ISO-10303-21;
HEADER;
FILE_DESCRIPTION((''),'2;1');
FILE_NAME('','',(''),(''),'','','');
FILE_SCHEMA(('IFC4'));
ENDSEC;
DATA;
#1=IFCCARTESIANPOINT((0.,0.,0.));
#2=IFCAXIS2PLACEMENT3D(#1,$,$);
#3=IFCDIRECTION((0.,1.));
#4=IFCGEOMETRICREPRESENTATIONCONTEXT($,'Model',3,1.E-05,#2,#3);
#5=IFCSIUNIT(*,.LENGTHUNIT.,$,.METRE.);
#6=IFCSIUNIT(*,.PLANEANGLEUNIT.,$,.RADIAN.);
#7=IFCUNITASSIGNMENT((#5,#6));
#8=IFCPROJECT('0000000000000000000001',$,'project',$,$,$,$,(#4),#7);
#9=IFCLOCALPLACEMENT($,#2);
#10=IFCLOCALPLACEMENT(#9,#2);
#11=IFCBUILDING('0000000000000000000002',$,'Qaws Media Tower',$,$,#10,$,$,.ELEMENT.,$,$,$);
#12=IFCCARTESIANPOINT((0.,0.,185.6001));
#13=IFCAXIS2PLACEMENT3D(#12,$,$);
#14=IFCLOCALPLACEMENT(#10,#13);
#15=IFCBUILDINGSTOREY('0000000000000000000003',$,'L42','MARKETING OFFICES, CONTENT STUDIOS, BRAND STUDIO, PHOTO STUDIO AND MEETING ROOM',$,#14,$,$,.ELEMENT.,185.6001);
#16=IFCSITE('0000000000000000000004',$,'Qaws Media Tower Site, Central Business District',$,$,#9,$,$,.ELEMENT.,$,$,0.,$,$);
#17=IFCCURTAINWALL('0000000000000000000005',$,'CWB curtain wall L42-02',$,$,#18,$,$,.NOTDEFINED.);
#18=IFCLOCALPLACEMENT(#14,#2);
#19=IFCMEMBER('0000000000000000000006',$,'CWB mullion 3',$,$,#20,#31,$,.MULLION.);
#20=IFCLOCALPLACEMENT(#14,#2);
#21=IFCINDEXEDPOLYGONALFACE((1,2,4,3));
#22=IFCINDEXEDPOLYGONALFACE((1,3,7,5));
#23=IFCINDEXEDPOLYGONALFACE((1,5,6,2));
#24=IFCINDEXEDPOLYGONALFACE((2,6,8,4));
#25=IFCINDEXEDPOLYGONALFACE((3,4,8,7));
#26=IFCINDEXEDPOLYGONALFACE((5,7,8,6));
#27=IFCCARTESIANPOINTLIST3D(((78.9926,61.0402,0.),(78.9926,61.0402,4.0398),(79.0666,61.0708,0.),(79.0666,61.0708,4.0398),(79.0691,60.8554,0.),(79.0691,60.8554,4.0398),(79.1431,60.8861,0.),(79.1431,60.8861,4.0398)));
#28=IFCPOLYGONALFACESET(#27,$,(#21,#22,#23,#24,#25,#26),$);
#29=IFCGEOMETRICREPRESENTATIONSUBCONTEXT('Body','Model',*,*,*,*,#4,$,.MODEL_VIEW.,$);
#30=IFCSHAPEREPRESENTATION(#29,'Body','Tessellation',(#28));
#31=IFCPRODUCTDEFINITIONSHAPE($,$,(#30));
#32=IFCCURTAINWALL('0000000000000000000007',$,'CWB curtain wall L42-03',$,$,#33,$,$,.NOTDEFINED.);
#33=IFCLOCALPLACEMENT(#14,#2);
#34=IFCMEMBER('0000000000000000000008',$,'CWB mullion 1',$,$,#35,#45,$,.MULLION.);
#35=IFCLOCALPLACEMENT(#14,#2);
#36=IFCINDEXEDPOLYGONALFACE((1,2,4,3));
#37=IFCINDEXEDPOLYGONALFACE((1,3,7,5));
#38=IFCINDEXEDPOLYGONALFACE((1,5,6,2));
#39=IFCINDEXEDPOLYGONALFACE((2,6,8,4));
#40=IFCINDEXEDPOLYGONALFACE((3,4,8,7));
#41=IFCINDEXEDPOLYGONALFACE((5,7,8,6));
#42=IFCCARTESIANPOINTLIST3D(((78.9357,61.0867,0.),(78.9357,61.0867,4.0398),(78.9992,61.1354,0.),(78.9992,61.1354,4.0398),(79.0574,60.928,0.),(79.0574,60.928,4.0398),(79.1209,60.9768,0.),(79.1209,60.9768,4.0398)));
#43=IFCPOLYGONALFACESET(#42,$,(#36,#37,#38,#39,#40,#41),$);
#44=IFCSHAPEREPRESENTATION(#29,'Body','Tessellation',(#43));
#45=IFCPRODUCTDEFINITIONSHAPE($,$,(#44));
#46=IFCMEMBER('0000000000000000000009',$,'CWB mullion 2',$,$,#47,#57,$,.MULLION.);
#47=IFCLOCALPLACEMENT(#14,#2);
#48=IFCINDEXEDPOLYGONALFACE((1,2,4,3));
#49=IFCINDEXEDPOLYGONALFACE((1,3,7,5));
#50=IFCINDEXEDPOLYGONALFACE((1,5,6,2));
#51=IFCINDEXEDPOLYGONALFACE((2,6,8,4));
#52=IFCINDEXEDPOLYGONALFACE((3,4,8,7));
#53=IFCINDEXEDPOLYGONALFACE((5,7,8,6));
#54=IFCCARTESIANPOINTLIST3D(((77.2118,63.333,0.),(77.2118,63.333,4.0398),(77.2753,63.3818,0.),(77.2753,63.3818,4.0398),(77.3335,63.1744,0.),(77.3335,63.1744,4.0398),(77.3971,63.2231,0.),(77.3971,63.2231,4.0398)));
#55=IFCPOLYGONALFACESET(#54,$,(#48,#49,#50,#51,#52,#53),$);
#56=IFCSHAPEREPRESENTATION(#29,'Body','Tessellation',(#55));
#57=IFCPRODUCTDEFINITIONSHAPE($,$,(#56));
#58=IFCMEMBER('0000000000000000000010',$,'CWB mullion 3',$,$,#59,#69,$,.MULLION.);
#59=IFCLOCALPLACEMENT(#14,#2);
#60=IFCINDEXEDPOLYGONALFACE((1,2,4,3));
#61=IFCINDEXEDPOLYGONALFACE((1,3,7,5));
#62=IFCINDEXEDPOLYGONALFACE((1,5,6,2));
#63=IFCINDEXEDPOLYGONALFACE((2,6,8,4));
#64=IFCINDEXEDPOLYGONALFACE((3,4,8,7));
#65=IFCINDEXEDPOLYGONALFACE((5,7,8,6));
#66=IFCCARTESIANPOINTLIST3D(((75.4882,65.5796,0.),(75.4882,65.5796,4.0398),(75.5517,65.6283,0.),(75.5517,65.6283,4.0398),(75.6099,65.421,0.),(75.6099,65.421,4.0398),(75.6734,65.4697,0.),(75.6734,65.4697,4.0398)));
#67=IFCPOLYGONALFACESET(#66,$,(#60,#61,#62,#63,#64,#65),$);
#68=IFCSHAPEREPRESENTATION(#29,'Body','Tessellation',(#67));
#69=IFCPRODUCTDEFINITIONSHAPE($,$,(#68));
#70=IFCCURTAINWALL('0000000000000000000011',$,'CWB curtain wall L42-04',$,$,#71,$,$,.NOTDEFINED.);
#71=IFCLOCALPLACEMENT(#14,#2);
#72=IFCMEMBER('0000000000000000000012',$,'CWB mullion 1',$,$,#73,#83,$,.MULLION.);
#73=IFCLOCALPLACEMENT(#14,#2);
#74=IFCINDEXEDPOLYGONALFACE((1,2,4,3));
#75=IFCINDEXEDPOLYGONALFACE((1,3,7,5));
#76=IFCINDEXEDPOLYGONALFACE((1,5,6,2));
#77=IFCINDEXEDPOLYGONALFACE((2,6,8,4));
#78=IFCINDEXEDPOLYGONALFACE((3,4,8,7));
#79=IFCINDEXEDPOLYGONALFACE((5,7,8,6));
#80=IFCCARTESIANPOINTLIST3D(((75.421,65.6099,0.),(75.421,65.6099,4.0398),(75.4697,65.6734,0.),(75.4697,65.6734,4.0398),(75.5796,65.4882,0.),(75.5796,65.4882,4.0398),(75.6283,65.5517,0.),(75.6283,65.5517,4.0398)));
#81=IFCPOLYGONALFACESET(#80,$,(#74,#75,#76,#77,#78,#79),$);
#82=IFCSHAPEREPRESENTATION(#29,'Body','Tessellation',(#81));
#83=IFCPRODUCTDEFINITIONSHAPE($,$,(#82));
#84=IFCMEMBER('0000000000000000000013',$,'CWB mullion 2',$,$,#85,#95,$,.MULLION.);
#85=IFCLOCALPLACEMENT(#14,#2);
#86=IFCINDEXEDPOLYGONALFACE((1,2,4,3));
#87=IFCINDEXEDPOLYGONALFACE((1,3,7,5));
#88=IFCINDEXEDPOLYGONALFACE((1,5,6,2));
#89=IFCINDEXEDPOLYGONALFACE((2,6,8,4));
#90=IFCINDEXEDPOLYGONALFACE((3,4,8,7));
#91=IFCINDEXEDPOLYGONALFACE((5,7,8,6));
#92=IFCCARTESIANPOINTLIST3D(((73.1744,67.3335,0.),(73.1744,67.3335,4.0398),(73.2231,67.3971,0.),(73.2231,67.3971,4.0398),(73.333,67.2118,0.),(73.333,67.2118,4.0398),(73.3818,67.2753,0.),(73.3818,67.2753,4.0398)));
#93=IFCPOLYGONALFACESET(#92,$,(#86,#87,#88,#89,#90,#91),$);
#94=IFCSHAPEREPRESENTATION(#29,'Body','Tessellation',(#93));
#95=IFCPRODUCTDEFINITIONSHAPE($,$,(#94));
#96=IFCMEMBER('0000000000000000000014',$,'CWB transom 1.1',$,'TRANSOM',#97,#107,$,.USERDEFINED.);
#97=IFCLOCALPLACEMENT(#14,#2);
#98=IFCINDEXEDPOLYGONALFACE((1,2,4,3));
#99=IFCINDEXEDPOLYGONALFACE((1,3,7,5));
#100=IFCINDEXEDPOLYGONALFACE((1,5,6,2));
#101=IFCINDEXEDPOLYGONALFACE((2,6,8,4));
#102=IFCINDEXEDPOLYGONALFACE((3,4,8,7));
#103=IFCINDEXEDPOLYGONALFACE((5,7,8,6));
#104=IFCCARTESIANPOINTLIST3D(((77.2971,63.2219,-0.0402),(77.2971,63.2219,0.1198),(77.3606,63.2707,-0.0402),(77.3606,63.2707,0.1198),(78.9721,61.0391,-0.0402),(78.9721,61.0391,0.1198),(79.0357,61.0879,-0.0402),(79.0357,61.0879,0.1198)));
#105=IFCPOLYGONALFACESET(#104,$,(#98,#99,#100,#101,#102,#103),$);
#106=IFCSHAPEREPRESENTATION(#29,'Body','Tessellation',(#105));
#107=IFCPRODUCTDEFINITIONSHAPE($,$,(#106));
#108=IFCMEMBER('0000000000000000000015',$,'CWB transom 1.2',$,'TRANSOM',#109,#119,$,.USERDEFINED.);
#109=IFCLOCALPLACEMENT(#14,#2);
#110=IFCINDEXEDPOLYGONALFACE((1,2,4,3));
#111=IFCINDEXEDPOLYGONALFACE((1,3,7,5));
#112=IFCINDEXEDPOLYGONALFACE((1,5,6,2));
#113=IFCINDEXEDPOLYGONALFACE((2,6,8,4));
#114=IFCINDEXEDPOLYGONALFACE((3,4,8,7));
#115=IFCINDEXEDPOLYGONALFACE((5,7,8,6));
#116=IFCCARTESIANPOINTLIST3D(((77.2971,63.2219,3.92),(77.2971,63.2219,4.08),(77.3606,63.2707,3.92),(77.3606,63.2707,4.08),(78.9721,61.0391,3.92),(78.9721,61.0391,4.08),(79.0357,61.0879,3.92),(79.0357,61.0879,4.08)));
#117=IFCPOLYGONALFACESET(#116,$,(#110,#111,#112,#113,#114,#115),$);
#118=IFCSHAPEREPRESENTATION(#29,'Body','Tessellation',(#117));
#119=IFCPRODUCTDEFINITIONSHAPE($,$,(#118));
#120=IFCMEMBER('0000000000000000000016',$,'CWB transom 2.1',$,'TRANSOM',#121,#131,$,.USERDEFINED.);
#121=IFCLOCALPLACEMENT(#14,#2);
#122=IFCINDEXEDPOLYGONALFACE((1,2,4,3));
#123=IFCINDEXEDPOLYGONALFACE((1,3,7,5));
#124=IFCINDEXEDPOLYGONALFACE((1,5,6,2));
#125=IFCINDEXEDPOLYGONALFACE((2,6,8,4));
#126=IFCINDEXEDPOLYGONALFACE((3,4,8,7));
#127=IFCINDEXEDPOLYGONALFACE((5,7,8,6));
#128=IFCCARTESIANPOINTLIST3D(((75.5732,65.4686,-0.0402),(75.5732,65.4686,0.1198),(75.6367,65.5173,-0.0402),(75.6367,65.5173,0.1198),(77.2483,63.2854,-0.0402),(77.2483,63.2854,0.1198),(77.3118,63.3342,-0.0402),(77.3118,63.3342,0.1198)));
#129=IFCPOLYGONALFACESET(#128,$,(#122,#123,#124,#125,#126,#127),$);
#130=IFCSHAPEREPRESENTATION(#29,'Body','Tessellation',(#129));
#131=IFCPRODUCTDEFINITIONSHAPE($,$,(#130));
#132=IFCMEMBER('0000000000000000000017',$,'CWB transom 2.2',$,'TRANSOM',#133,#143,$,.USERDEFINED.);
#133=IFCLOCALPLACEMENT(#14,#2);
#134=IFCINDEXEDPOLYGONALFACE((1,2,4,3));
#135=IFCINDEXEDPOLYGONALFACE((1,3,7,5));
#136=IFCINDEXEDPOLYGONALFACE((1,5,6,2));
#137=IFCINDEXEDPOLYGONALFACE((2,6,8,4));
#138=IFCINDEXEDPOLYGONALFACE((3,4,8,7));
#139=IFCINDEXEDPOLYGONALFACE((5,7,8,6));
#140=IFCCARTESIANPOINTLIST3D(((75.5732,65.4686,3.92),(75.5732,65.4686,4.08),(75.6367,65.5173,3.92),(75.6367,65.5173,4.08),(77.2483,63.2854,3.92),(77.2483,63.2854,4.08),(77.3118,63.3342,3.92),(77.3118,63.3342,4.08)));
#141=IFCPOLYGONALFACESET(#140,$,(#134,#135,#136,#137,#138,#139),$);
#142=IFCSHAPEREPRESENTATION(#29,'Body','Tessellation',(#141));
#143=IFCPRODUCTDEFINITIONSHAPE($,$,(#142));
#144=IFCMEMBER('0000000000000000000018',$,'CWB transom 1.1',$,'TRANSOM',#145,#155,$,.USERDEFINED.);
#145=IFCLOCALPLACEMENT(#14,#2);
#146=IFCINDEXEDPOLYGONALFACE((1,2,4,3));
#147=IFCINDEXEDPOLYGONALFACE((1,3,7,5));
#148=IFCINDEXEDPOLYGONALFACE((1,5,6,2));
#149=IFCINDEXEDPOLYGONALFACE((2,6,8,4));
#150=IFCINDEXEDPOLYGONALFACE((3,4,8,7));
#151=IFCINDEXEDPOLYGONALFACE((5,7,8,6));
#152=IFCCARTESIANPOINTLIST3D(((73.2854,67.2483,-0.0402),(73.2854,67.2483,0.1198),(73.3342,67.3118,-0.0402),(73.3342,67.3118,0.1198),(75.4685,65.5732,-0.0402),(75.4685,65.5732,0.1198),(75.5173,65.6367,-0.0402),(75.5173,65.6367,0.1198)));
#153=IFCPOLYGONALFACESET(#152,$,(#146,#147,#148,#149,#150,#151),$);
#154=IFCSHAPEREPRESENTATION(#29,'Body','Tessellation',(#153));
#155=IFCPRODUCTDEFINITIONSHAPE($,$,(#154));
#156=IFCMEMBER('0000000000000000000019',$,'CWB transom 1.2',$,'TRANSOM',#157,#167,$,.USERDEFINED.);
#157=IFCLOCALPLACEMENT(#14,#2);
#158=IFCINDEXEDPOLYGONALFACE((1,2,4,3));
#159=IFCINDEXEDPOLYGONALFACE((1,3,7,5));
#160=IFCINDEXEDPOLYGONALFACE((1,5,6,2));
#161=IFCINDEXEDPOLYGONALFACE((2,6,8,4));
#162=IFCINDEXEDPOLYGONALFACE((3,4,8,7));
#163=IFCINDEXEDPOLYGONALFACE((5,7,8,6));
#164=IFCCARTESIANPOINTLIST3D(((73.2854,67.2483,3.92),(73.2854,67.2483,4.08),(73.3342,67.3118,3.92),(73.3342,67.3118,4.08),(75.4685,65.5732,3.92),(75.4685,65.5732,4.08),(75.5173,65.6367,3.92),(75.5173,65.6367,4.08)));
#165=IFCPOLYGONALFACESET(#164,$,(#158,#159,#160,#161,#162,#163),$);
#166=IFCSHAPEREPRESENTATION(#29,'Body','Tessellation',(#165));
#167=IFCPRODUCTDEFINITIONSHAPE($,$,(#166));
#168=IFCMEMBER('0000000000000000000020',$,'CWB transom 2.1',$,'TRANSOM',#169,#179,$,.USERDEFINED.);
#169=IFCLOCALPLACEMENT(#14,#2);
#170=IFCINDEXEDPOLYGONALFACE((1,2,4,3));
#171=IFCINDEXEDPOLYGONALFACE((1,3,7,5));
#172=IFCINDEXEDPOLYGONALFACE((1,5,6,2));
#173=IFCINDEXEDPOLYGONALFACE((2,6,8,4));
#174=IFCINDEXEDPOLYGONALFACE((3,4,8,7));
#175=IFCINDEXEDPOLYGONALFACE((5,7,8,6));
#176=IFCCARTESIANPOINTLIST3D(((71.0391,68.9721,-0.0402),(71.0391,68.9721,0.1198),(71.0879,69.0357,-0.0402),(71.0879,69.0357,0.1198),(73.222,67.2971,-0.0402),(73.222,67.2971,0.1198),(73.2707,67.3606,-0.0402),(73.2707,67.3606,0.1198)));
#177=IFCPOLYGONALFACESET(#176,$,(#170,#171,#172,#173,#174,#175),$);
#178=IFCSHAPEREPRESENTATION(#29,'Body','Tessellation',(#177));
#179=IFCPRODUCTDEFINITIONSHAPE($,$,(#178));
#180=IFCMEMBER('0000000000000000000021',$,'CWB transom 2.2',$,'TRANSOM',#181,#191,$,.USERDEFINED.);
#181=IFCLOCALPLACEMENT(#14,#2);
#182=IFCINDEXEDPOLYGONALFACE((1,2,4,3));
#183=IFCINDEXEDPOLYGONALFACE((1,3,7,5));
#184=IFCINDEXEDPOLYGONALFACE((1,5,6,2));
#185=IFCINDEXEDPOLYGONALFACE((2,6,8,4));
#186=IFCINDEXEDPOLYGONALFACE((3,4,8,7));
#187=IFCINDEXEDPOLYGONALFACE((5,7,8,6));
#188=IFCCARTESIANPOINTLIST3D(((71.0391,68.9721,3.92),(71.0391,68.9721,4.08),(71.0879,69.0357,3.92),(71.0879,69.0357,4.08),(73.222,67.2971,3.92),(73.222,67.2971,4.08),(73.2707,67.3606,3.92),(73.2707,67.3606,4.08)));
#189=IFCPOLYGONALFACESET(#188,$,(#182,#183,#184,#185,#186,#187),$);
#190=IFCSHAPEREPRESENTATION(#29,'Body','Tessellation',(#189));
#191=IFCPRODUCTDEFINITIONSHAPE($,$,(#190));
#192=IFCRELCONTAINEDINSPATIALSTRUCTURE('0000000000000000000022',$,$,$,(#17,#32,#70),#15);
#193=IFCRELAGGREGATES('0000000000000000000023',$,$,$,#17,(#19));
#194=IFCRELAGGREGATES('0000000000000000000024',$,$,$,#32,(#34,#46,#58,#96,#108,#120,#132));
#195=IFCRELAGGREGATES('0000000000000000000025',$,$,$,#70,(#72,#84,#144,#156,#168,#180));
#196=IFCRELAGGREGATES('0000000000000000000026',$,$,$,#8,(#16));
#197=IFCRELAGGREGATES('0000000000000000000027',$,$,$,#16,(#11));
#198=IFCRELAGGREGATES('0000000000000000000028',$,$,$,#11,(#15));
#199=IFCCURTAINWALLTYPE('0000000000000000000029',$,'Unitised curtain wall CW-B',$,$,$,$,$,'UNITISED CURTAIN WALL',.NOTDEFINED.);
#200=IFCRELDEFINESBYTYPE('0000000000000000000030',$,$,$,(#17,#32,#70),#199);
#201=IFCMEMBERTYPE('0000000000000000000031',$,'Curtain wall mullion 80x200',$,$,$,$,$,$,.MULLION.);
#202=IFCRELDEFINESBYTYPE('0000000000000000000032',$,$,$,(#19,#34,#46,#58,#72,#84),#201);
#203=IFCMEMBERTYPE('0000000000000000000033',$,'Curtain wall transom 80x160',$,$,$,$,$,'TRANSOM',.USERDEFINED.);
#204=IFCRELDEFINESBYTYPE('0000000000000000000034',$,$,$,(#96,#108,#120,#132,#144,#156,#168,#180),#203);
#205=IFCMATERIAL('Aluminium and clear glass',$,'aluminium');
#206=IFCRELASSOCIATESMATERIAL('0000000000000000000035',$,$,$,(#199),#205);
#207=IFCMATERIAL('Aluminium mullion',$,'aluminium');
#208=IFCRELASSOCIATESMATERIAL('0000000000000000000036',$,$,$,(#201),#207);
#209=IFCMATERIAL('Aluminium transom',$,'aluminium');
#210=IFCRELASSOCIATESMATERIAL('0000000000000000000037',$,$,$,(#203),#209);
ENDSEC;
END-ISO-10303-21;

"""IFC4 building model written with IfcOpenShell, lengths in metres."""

from ifc_helpers import new_model, si_unit, direction, frame, origin, origin_2d, place, context, subcontext, project, spatial, rectangle, extrude, material, material_profile, profile_set, type_object, element, aggregate, save


model = new_model("IFC4")

# Units and contexts
model_context = context("Model", 3, precision=1e-05, world=origin(), true_north=direction((0.0, 1.0)))
body_context = subcontext(model_context, "Body", "Model", "MODEL_VIEW")
ifc_project = project(units=[si_unit("LENGTHUNIT", "METRE"), si_unit("PLANEANGLEUNIT", "RADIAN")], contexts=[model_context])

# Site, building, storey
site_placement = place(None, origin())
site = spatial("IfcSite", under=ifc_project, at=site_placement, Name="Qaws Media Tower Site, Central Business District", CompositionType="ELEMENT", RefElevation=0.0)
building_placement = place(site_placement, origin())
building = spatial("IfcBuilding", under=site, at=building_placement, Name="Qaws Media Tower", CompositionType="ELEMENT")
storey_placement = place(building_placement, frame((0.0, 0.0, 185.6001)))
storey = spatial("IfcBuildingStorey", under=building, at=storey_placement, Name="L42", Description="MARKETING OFFICES, CONTENT STUDIOS, BRAND STUDIO, PHOTO STUDIO AND MEETING ROOM", CompositionType="ELEMENT", Elevation=185.6001)

# Curtain wall, member
ifc_material_1 = material(Name="Aluminium and clear glass", Category="aluminium")
curtain_wall_type = type_object("IfcCurtainWallType", Name="Unitised curtain wall CW-B", ElementType="UNITISED CURTAIN WALL", PredefinedType="NOTDEFINED", material=ifc_material_1)
curtain_wall_1_placement = place(storey_placement, origin())
curtain_wall_1 = element("IfcCurtainWall", 1, at=curtain_wall_1_placement, inside=storey, type_object=curtain_wall_type, Name="CWB curtain wall L42-02", PredefinedType="NOTDEFINED")
ifc_material_2 = material(Name="Aluminium mullion", Category="aluminium")
ifc_material_profile_1 = material_profile(ifc_material_2, rectangle(XDim=0.0801, YDim=0.2, at=origin_2d()), Name="80x200")
ifc_profile_set_1 = profile_set([ifc_material_profile_1], Name="Aluminium mullion")
member_type_1 = type_object("IfcMemberType", Name="Curtain wall mullion 80x200", PredefinedType="MULLION", material=ifc_profile_set_1)
member_1_placement = place(storey_placement, frame((79.0679, 60.9631, 0.0), z_axis=(0.0, 0.0, 1.0), x_axis=(-0.92388, -0.382683, 0.0)))
member_1 = element("IfcMember", 2, at=member_1_placement, type_object=member_type_1, Name="CWB mullion 3", PredefinedType="MULLION", context=body_context, shape_type="SweptSolid", body=[
    extrude(rectangle(XDim=0.0801, YDim=0.2, at=origin_2d()), origin(), (0.0, 0.0, 1.0), 4.0398),
])

# Curtain walls, members
curtain_wall_2_placement = place(storey_placement, origin())
curtain_wall_2 = element("IfcCurtainWall", 3, at=curtain_wall_2_placement, inside=storey, type_object=curtain_wall_type, Name="CWB curtain wall L42-03", PredefinedType="NOTDEFINED")
member_2_placement = place(storey_placement, frame((79.0283, 61.0317, 0.0), z_axis=(0.0, 0.0, 1.0), x_axis=(-0.793353, -0.608761, 0.0)))
member_2 = element("IfcMember", 4, at=member_2_placement, type_object=member_type_1, Name="CWB mullion 1", PredefinedType="MULLION", context=body_context, shape_type="SweptSolid", body=[
    extrude(rectangle(XDim=0.0801, YDim=0.2, at=origin_2d()), origin(), (0.0, 0.0, 1.0), 4.0398),
])
member_3_placement = place(storey_placement, frame((77.3044, 63.2781, 0.0), z_axis=(0.0, 0.0, 1.0), x_axis=(-0.793353, -0.608761, 0.0)))
member_3 = element("IfcMember", 5, at=member_3_placement, type_object=member_type_1, Name="CWB mullion 2", PredefinedType="MULLION", context=body_context, shape_type="SweptSolid", body=[
    extrude(rectangle(XDim=0.0801, YDim=0.2, at=origin_2d()), origin(), (0.0, 0.0, 1.0), 4.0398),
])
member_4_placement = place(storey_placement, frame((75.5808, 65.5247, 0.0), z_axis=(0.0, 0.0, 1.0), x_axis=(-0.793353, -0.608761, 0.0)))
member_4 = element("IfcMember", 6, at=member_4_placement, type_object=member_type_1, Name="CWB mullion 3", PredefinedType="MULLION", context=body_context, shape_type="SweptSolid", body=[
    extrude(rectangle(XDim=0.0801, YDim=0.2, at=origin_2d()), origin(), (0.0, 0.0, 1.0), 4.0398),
])
curtain_wall_3_placement = place(storey_placement, origin())
curtain_wall_3 = element("IfcCurtainWall", 7, at=curtain_wall_3_placement, inside=storey, type_object=curtain_wall_type, Name="CWB curtain wall L42-04", PredefinedType="NOTDEFINED")
member_5_placement = place(storey_placement, frame((75.5247, 65.5808, 0.0), z_axis=(0.0, 0.0, 1.0), x_axis=(-0.608761, -0.793353, 0.0)))
member_5 = element("IfcMember", 8, at=member_5_placement, type_object=member_type_1, Name="CWB mullion 1", PredefinedType="MULLION", context=body_context, shape_type="SweptSolid", body=[
    extrude(rectangle(XDim=0.0801, YDim=0.2, at=origin_2d()), origin(), (0.0, 0.0, 1.0), 4.0398),
])
member_6_placement = place(storey_placement, frame((73.2781, 67.3044, 0.0), z_axis=(0.0, 0.0, 1.0), x_axis=(-0.608761, -0.793353, 0.0)))
member_6 = element("IfcMember", 9, at=member_6_placement, type_object=member_type_1, Name="CWB mullion 2", PredefinedType="MULLION", context=body_context, shape_type="SweptSolid", body=[
    extrude(rectangle(XDim=0.0801, YDim=0.2, at=origin_2d()), origin(), (0.0, 0.0, 1.0), 4.0398),
])

# Members
ifc_material_3 = material(Name="Aluminium transom", Category="aluminium")
ifc_material_profile_2 = material_profile(ifc_material_3, rectangle(XDim=0.0801, YDim=0.1599, at=origin_2d()), Name="80x160")
ifc_profile_set_2 = profile_set([ifc_material_profile_2], Name="Aluminium transom")
member_type_2 = type_object("IfcMemberType", Name="Curtain wall transom 80x160", ElementType="TRANSOM", PredefinedType="USERDEFINED", material=ifc_profile_set_2)
member_7_placement = place(storey_placement, frame((79.0039, 61.0635, 0.0398), z_axis=(-0.60878, 0.793339, 0.0), x_axis=(-0.793339, -0.60878, 0.0)))
member_7 = element("IfcMember", 10, at=member_7_placement, type_object=member_type_2, Name="CWB transom 1.1", ObjectType="TRANSOM", PredefinedType="USERDEFINED", context=body_context, shape_type="SweptSolid", body=[
    extrude(rectangle(XDim=0.0801, YDim=0.1599, at=origin_2d()), origin(), (0.0, 0.0, 1.0), 2.7515),
])
member_8_placement = place(storey_placement, frame((79.0039, 61.0635, 4.0), z_axis=(-0.60878, 0.793339, 0.0), x_axis=(-0.793339, -0.60878, 0.0)))
member_8 = element("IfcMember", 11, at=member_8_placement, type_object=member_type_2, Name="CWB transom 1.2", ObjectType="TRANSOM", PredefinedType="USERDEFINED", context=body_context, shape_type="SweptSolid", body=[
    extrude(rectangle(XDim=0.0801, YDim=0.1599, at=origin_2d()), origin(), (0.0, 0.0, 1.0), 2.7515),
])
member_9_placement = place(storey_placement, frame((77.28, 63.3098, 0.0398), z_axis=(-0.608737, 0.793372, 0.0), x_axis=(-0.793372, -0.608737, 0.0)))
member_9 = element("IfcMember", 12, at=member_9_placement, type_object=member_type_2, Name="CWB transom 2.1", ObjectType="TRANSOM", PredefinedType="USERDEFINED", context=body_context, shape_type="SweptSolid", body=[
    extrude(rectangle(XDim=0.0801, YDim=0.1599, at=origin_2d()), origin(), (0.0, 0.0, 1.0), 2.7517),
])
member_10_placement = place(storey_placement, frame((77.28, 63.3098, 4.0), z_axis=(-0.608737, 0.793372, 0.0), x_axis=(-0.793372, -0.608737, 0.0)))
member_10 = element("IfcMember", 13, at=member_10_placement, type_object=member_type_2, Name="CWB transom 2.2", ObjectType="TRANSOM", PredefinedType="USERDEFINED", context=body_context, shape_type="SweptSolid", body=[
    extrude(rectangle(XDim=0.0801, YDim=0.1599, at=origin_2d()), origin(), (0.0, 0.0, 1.0), 2.7517),
])
member_11_placement = place(storey_placement, frame((75.4929, 65.605, 0.0398), z_axis=(-0.793372, 0.608737, 0.0), x_axis=(-0.608737, -0.793372, 0.0)))
member_11 = element("IfcMember", 14, at=member_11_placement, type_object=member_type_2, Name="CWB transom 1.1", ObjectType="TRANSOM", PredefinedType="USERDEFINED", context=body_context, shape_type="SweptSolid", body=[
    extrude(rectangle(XDim=0.0801, YDim=0.1599, at=origin_2d()), origin(), (0.0, 0.0, 1.0), 2.7517),
])
member_12_placement = place(storey_placement, frame((75.4929, 65.605, 4.0), z_axis=(-0.793372, 0.608737, 0.0), x_axis=(-0.608737, -0.793372, 0.0)))
member_12 = element("IfcMember", 15, at=member_12_placement, type_object=member_type_2, Name="CWB transom 1.2", ObjectType="TRANSOM", PredefinedType="USERDEFINED", context=body_context, shape_type="SweptSolid", body=[
    extrude(rectangle(XDim=0.0801, YDim=0.1599, at=origin_2d()), origin(), (0.0, 0.0, 1.0), 2.7517),
])
member_13_placement = place(storey_placement, frame((73.2463, 67.3289, 0.0398), z_axis=(-0.793339, 0.60878, 0.0), x_axis=(-0.60878, -0.793339, 0.0)))
member_13 = element("IfcMember", 16, at=member_13_placement, type_object=member_type_2, Name="CWB transom 2.1", ObjectType="TRANSOM", PredefinedType="USERDEFINED", context=body_context, shape_type="SweptSolid", body=[
    extrude(rectangle(XDim=0.0801, YDim=0.1599, at=origin_2d()), origin(), (0.0, 0.0, 1.0), 2.7515),
])
member_14_placement = place(storey_placement, frame((73.2463, 67.3289, 4.0), z_axis=(-0.793339, 0.60878, 0.0), x_axis=(-0.60878, -0.793339, 0.0)))
member_14 = element("IfcMember", 17, at=member_14_placement, type_object=member_type_2, Name="CWB transom 2.2", ObjectType="TRANSOM", PredefinedType="USERDEFINED", context=body_context, shape_type="SweptSolid", body=[
    extrude(rectangle(XDim=0.0801, YDim=0.1599, at=origin_2d()), origin(), (0.0, 0.0, 1.0), 2.7515),
])

aggregate(curtain_wall_1, [member_1])
aggregate(curtain_wall_2, [member_2, member_3, member_4, member_7, member_8, member_9, member_10])
aggregate(curtain_wall_3, [member_5, member_6, member_11, member_12, member_13, member_14])

save(model, "model.ifc")
